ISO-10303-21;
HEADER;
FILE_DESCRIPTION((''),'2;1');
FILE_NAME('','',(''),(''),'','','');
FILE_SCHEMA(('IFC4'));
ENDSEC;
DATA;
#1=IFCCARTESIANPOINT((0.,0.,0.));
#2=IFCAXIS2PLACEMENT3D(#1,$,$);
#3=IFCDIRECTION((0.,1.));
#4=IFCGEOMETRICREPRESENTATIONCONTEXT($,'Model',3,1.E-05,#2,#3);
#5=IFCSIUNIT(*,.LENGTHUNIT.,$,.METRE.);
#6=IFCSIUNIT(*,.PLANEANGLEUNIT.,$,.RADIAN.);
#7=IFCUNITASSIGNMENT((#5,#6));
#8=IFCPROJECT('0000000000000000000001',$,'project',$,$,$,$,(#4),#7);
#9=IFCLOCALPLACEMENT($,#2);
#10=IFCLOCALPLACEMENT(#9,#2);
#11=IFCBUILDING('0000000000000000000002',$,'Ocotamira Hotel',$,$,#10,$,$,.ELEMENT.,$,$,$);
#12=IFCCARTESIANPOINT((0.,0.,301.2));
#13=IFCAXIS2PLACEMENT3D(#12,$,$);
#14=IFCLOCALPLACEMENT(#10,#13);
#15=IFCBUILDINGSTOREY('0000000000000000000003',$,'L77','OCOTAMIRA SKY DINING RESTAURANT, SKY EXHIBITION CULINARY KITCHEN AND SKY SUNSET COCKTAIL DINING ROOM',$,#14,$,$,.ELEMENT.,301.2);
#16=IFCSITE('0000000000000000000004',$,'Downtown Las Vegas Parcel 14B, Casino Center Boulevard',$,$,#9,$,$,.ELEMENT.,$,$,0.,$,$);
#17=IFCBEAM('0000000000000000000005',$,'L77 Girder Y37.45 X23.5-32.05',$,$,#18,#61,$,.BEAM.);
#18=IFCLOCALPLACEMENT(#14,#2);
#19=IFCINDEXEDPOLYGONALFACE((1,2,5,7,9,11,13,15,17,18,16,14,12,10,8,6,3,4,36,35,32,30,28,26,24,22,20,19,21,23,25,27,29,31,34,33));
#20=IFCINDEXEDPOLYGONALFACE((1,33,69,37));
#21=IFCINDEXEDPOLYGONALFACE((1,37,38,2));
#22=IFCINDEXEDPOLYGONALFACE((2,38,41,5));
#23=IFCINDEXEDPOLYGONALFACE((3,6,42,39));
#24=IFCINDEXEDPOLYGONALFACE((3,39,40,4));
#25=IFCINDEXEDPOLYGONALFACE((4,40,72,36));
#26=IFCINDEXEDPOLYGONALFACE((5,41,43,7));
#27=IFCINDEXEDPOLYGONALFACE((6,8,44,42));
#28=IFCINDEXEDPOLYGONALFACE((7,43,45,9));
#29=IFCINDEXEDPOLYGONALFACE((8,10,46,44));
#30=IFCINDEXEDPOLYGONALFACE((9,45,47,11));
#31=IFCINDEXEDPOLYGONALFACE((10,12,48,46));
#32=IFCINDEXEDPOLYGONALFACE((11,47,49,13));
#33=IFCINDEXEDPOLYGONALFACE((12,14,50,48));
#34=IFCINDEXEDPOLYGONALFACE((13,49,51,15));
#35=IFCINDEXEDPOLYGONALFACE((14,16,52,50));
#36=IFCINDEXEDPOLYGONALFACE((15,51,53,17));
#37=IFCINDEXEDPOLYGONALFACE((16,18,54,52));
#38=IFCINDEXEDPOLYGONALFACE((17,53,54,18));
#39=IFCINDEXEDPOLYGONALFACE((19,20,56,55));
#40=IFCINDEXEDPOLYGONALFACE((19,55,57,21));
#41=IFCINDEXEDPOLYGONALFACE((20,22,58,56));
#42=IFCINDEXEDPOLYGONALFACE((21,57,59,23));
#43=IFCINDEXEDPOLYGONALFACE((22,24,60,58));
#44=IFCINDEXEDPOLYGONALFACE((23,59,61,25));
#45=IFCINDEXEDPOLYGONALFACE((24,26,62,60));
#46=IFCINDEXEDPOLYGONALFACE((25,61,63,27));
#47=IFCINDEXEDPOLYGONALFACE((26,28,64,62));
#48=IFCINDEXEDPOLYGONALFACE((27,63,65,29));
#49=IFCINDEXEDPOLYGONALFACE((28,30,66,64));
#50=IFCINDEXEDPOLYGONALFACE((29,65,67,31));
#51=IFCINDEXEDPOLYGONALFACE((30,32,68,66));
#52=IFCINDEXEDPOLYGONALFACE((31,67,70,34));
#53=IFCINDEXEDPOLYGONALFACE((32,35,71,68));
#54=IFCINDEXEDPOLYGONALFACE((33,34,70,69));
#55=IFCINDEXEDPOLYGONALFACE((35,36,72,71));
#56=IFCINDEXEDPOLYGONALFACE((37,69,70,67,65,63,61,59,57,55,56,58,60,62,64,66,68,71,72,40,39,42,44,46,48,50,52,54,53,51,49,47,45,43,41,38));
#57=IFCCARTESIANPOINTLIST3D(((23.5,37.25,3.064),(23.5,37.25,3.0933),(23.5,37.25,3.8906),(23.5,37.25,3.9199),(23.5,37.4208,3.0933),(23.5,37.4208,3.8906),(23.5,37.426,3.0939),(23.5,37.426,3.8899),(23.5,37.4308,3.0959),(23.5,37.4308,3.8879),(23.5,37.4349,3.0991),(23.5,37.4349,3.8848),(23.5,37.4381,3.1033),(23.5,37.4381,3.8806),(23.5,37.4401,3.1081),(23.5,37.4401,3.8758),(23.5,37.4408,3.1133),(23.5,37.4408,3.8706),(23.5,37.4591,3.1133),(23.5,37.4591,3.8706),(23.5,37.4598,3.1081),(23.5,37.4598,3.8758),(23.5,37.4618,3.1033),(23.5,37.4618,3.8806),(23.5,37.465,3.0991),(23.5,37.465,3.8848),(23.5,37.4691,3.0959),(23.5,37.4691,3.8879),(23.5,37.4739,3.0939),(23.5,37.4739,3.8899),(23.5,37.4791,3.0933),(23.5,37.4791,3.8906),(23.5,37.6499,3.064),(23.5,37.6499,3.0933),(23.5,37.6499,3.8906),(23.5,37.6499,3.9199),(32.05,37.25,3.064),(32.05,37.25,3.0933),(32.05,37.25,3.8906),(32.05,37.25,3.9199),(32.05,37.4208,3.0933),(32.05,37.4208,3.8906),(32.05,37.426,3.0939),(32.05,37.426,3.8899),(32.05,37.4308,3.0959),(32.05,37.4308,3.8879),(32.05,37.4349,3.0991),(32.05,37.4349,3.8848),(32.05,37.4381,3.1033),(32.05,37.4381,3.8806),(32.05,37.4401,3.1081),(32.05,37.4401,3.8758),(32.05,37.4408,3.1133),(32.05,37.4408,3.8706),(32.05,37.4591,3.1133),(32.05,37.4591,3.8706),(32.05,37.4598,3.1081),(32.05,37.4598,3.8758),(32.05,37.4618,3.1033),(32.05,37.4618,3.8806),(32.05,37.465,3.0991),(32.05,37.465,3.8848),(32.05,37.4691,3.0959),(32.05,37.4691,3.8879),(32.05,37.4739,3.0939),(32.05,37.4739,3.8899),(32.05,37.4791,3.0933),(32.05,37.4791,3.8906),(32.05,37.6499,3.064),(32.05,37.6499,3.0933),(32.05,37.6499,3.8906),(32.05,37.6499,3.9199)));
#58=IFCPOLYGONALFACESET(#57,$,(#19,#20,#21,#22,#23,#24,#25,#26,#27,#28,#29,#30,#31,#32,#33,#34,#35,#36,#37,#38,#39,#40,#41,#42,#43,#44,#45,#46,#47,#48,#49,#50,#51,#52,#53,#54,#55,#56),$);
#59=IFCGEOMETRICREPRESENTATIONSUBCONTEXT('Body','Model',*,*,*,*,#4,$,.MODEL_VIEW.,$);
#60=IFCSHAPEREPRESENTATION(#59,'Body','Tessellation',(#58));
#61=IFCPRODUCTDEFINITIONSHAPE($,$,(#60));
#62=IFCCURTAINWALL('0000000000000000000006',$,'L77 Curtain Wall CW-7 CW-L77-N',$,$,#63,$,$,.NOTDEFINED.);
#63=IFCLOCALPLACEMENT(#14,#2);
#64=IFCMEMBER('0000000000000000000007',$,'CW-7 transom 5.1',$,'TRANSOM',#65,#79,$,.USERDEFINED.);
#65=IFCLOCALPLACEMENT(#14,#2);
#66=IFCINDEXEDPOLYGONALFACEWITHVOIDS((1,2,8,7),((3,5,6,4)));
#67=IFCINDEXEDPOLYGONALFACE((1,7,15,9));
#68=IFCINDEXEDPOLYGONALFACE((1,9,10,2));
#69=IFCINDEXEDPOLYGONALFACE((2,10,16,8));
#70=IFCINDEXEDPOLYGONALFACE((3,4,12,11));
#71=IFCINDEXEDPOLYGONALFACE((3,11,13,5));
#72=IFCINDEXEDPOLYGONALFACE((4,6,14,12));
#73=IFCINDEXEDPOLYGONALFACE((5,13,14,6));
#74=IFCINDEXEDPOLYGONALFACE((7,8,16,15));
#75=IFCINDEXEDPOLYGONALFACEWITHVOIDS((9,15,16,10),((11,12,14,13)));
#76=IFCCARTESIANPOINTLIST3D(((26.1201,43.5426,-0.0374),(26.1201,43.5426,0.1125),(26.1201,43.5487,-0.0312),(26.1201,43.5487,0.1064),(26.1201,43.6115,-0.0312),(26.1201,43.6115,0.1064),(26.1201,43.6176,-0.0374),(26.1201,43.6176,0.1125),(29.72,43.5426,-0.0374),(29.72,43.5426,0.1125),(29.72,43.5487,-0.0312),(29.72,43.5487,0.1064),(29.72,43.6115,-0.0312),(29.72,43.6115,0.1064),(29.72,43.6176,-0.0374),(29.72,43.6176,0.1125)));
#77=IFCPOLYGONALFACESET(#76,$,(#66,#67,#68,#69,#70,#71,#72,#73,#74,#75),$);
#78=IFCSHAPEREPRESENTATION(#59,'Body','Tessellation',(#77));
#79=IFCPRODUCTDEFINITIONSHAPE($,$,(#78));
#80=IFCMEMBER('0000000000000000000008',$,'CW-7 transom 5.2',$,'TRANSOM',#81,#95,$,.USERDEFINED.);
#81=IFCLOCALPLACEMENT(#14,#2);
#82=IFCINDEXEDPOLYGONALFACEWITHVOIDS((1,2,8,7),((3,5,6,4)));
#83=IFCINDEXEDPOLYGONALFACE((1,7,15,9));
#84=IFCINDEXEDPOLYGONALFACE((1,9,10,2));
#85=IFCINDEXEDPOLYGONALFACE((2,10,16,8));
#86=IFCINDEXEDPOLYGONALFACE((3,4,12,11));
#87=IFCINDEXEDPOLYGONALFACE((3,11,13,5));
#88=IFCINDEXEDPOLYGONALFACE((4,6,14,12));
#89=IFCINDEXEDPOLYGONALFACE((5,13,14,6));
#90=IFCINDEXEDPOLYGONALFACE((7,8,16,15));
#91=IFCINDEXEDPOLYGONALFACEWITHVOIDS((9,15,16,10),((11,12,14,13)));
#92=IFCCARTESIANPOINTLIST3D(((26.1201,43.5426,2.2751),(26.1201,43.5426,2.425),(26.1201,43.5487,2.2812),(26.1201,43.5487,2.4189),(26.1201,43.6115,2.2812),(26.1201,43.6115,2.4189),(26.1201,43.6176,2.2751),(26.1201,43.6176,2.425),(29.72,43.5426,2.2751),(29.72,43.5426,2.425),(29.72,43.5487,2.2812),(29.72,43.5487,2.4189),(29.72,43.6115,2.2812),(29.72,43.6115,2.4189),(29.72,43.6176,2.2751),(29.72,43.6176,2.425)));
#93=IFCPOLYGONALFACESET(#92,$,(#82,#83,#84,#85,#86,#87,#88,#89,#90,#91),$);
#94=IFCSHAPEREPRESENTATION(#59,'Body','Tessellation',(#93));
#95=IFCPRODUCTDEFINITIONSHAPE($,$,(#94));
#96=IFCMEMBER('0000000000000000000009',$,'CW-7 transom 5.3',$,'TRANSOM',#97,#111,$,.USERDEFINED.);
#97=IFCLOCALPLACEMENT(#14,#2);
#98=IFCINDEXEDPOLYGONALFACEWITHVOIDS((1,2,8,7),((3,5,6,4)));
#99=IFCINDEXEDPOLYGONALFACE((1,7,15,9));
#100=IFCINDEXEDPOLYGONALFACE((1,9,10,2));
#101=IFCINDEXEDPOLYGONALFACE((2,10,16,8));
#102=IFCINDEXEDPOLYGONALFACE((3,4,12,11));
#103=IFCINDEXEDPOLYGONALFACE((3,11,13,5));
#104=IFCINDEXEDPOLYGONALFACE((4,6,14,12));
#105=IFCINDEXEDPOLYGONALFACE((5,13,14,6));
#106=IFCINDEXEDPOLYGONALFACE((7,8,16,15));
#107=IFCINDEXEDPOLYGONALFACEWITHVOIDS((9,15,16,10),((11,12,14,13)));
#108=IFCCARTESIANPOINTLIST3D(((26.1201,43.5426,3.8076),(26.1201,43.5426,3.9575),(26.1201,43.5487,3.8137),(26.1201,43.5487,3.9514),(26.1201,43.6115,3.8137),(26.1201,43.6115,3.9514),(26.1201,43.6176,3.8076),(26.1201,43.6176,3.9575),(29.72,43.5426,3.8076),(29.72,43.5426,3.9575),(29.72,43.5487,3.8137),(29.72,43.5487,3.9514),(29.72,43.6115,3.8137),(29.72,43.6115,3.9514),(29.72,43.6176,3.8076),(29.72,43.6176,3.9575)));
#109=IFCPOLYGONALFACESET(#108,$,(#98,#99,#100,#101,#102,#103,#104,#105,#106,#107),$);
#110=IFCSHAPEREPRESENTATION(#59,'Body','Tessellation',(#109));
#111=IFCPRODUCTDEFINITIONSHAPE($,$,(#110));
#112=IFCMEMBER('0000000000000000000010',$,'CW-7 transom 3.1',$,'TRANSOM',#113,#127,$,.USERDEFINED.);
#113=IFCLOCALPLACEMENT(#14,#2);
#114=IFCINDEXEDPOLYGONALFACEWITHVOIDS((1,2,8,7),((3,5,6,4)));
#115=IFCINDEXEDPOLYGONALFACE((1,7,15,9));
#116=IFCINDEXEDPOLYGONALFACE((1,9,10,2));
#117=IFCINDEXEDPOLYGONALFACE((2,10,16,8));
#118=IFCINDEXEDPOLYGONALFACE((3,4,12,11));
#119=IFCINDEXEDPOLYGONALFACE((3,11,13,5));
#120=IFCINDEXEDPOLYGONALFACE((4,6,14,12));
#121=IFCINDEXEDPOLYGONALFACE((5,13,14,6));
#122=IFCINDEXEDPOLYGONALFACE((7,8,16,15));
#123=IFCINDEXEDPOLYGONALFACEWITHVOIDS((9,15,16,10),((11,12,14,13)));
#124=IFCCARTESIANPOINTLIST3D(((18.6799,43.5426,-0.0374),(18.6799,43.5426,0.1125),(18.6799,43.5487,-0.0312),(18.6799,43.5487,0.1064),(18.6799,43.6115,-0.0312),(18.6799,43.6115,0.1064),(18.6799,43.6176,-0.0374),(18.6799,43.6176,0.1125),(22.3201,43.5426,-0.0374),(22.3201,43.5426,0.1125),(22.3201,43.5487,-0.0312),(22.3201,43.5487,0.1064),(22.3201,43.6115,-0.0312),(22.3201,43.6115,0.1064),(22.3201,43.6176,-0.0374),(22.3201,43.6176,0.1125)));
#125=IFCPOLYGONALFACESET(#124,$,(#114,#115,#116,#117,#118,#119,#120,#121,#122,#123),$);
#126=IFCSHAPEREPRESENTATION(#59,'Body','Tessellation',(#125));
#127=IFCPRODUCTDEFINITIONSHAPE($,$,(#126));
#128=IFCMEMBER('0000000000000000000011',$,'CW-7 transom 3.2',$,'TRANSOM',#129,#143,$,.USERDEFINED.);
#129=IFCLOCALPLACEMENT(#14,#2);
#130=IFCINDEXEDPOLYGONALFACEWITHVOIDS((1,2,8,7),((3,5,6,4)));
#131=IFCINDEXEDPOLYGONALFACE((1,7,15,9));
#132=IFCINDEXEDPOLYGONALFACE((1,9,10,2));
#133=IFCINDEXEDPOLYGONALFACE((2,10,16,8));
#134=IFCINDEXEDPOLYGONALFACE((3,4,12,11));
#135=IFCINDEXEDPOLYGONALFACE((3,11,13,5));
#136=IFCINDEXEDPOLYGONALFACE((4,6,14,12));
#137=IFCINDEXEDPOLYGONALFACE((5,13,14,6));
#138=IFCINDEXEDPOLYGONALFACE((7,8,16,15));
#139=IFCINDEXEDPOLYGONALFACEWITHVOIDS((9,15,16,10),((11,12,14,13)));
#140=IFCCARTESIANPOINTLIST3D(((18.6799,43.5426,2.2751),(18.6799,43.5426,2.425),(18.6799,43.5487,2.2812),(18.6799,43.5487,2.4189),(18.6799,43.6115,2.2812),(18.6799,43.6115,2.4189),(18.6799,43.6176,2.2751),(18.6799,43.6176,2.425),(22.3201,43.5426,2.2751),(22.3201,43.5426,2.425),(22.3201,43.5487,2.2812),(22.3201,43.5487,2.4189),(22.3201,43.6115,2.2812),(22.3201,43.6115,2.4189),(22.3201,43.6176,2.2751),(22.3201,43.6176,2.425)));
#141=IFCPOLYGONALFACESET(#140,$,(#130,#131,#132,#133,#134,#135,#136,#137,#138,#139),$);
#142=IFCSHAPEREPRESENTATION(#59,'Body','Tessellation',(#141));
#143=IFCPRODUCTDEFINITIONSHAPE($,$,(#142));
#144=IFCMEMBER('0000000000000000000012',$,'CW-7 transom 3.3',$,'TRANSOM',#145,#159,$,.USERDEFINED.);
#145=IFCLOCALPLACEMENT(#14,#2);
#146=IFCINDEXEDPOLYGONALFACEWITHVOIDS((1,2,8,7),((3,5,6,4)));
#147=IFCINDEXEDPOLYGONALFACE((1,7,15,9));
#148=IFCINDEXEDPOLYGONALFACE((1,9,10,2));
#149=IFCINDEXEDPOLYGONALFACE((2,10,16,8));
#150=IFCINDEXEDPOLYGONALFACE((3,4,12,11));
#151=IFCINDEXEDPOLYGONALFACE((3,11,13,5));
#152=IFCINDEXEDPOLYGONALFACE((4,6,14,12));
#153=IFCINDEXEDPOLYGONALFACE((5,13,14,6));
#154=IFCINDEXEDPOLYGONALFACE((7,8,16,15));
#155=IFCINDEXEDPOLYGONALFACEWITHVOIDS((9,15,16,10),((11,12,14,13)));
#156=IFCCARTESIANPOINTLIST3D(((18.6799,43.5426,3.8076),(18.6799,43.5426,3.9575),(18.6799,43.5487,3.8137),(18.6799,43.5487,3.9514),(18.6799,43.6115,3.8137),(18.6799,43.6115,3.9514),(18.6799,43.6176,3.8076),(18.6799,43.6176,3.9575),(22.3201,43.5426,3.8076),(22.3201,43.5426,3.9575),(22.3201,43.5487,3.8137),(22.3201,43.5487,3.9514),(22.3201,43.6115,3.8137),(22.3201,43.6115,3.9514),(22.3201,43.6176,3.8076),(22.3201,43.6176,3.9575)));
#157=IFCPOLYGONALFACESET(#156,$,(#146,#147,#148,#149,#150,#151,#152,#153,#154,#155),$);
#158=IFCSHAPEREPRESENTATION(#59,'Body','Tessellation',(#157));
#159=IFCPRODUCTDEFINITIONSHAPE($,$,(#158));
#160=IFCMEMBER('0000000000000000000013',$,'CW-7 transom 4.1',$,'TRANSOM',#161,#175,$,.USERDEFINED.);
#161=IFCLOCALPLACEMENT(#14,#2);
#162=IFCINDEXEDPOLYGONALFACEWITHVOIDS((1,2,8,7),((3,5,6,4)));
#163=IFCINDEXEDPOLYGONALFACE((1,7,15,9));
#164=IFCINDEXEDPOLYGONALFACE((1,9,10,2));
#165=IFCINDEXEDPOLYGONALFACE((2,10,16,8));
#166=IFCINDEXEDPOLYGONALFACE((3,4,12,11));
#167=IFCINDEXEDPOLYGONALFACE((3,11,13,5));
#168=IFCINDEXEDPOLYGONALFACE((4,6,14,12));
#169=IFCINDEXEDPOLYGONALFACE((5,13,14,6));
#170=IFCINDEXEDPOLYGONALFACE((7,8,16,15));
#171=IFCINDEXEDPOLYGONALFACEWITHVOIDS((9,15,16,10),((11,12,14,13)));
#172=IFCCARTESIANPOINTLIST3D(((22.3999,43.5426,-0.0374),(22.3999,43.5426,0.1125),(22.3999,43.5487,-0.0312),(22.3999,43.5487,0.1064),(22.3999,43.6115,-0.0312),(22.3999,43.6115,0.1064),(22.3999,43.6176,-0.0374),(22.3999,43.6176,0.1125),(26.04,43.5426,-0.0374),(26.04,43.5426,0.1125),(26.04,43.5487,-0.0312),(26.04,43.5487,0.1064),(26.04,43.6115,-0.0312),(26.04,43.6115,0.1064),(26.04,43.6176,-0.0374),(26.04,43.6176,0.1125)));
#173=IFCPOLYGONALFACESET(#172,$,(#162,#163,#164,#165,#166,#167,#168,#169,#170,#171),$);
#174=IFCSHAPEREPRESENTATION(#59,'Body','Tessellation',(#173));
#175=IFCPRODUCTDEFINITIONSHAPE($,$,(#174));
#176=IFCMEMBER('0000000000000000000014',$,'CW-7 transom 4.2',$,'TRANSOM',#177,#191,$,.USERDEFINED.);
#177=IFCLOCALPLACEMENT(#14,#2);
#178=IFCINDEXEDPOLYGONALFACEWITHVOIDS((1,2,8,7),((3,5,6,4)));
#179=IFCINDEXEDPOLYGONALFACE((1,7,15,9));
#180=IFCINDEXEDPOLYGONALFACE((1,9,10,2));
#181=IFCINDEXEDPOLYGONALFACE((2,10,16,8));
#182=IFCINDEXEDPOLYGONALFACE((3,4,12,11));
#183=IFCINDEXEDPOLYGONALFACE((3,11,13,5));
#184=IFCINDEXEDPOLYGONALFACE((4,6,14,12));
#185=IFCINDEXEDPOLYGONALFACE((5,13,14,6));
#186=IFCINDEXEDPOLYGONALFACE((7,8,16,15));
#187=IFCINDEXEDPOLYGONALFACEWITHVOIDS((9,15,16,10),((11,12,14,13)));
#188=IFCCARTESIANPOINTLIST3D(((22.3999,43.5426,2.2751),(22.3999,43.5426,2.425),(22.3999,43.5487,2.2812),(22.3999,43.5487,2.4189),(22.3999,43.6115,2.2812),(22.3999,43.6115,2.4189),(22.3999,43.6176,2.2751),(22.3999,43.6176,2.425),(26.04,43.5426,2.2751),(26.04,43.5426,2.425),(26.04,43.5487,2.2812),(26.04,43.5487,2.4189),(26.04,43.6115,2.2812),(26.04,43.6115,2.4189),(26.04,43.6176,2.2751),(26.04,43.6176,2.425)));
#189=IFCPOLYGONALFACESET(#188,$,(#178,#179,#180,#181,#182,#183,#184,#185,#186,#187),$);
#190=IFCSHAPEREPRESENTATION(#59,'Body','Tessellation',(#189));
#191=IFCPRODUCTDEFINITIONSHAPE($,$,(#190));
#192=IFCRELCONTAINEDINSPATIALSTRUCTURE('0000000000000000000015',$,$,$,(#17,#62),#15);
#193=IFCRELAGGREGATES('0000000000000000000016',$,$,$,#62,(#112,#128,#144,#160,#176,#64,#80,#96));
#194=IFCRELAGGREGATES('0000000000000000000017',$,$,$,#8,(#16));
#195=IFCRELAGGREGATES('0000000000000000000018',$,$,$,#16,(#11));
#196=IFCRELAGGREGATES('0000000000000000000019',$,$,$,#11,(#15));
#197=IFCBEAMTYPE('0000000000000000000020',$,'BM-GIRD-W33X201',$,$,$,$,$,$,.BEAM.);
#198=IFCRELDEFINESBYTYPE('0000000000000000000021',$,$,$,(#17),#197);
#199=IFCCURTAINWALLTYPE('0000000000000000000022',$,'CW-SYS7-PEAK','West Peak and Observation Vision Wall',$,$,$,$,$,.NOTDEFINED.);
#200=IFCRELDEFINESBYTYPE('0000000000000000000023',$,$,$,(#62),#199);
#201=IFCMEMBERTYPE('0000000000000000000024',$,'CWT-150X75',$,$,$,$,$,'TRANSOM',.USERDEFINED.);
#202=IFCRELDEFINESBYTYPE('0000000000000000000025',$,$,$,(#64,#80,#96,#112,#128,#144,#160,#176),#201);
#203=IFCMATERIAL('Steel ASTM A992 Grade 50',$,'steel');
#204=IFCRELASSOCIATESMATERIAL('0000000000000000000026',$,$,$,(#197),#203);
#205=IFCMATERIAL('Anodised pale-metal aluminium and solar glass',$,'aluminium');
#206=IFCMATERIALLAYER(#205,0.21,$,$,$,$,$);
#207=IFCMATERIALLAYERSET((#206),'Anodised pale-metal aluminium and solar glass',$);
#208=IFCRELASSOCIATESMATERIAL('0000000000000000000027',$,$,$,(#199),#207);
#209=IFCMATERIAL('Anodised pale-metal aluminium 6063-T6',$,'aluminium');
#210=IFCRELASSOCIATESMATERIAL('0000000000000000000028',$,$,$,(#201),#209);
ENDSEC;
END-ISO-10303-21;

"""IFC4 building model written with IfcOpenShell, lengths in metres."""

from ifc_helpers import new_model, si_unit, direction, frame, origin, origin_2d, place, context, subcontext, project, spatial, hollow_rectangle, i_section, extrude, source, transform, mapped, material, layer, layer_set, material_profile, profile_set, type_object, element, aggregate, save


model = new_model("IFC4")

# Units and contexts
model_context = context("Model", 3, precision=1e-05, world=origin(), true_north=direction((0.0, 1.0)))
body_context = subcontext(model_context, "Body", "Model", "MODEL_VIEW")
ifc_project = project(units=[si_unit("LENGTHUNIT", "METRE"), si_unit("PLANEANGLEUNIT", "RADIAN")], contexts=[model_context])

# Site, building, storey
site_placement = place(None, origin())
site = spatial("IfcSite", under=ifc_project, at=site_placement, Name="Downtown Las Vegas Parcel 14B, Casino Center Boulevard", CompositionType="ELEMENT", RefElevation=0.0)
building_placement = place(site_placement, origin())
building = spatial("IfcBuilding", under=site, at=building_placement, Name="Ocotamira Hotel", CompositionType="ELEMENT")
storey_placement = place(building_placement, frame((0.0, 0.0, 301.2)))
storey = spatial("IfcBuildingStorey", under=building, at=storey_placement, Name="L77", Description="OCOTAMIRA SKY DINING RESTAURANT, SKY EXHIBITION CULINARY KITCHEN AND SKY SUNSET COCKTAIL DINING ROOM", CompositionType="ELEMENT", Elevation=301.2)

# Shared definitions
ifc_material_1 = material(Name="Steel ASTM A992 Grade 50", Category="steel")

# Beam
ifc_material_profile_1 = material_profile(ifc_material_1, i_section(OverallWidth=0.3999, OverallDepth=0.856, WebThickness=0.0183, FlangeThickness=0.0293, FilletRadius=0.02, at=origin_2d()), Name="W33X201")
ifc_profile_set_1 = profile_set([ifc_material_profile_1], Name="Steel ASTM A992 Grade 50")
beam_type = type_object("IfcBeamType", Name="BM-GIRD-W33X201", PredefinedType="BEAM", material=ifc_profile_set_1)
shared_shape_1 = source(origin(), body_context, "Body", "SweptSolid", [
    extrude(i_section(OverallWidth=0.3999, OverallDepth=0.856, WebThickness=0.0183, FlangeThickness=0.0293, FilletRadius=0.02, at=origin_2d()), origin(), (0.0, 0.0, 1.0), 8.55),
])
beam_placement = place(storey_placement, frame((23.5, 37.45, 3.4919), z_axis=(1.0, 0.0, 0.0), x_axis=(0.0, 1.0, 0.0)))
element("IfcBeam", 1, at=beam_placement, inside=storey, type_object=beam_type, Name="L77 Girder Y37.45 X23.5-32.05", PredefinedType="BEAM", context=body_context, shape_type="MappedRepresentation", body=[
    mapped(shared_shape_1, transform((0.0, 0.0, 0.0), scale=1.0)),
])

# Curtain wall, members
ifc_material_2 = material(Name="Anodised pale-metal aluminium and solar glass", Category="aluminium")
ifc_layer_1 = layer(ifc_material_2, 0.21)
ifc_layer_set_1 = layer_set([ifc_layer_1], Name="Anodised pale-metal aluminium and solar glass")
curtain_wall_type = type_object("IfcCurtainWallType", Name="CW-SYS7-PEAK", Description="West Peak and Observation Vision Wall", PredefinedType="NOTDEFINED", material=ifc_layer_set_1)
curtain_wall_1_placement = place(storey_placement, origin())
curtain_wall_1 = element("IfcCurtainWall", 2, at=curtain_wall_1_placement, inside=storey, type_object=curtain_wall_type, Name="L77 Curtain Wall CW-7 CW-L77-N", PredefinedType="NOTDEFINED")
ifc_material_3 = material(Name="Anodised pale-metal aluminium 6063-T6", Category="aluminium")
ifc_material_profile_2 = material_profile(ifc_material_3, hollow_rectangle(XDim=0.075, YDim=0.1499, WallThickness=0.0061, at=origin_2d()), Name="HSS150X75X6")
ifc_profile_set_2 = profile_set([ifc_material_profile_2], Name="Anodised pale-metal aluminium 6063-T6")
member_type_1 = type_object("IfcMemberType", Name="CWT-150X75", ElementType="TRANSOM", PredefinedType="USERDEFINED", material=ifc_profile_set_2)
shared_shape_2 = source(origin(), body_context, "Body", "SweptSolid", [
    extrude(hollow_rectangle(XDim=0.075, YDim=0.1499, WallThickness=0.0061, at=origin_2d()), origin(), (0.0, 0.0, 1.0), 3.5999),
])
member_1_placement = place(storey_placement, frame((26.1201, 43.5801, 0.0376), z_axis=(1.0, 0.0, 0.0), x_axis=(0.0, 1.0, 0.0)))
member_1 = element("IfcMember", 3, at=member_1_placement, type_object=member_type_1, Name="CW-7 transom 5.1", ObjectType="TRANSOM", PredefinedType="USERDEFINED", context=body_context, shape_type="MappedRepresentation", body=[
    mapped(shared_shape_2, transform((0.0, 0.0, 0.0), scale=1.0)),
])
member_2_placement = place(storey_placement, frame((26.1201, 43.5801, 2.3501), z_axis=(1.0, 0.0, 0.0), x_axis=(0.0, 1.0, 0.0)))
member_2 = element("IfcMember", 4, at=member_2_placement, type_object=member_type_1, Name="CW-7 transom 5.2", ObjectType="TRANSOM", PredefinedType="USERDEFINED", context=body_context, shape_type="MappedRepresentation", body=[
    mapped(shared_shape_2, transform((0.0, 0.0, 0.0), scale=1.0)),
])
member_3_placement = place(storey_placement, frame((26.1201, 43.5801, 3.8826), z_axis=(1.0, 0.0, 0.0), x_axis=(0.0, 1.0, 0.0)))
member_3 = element("IfcMember", 5, at=member_3_placement, type_object=member_type_1, Name="CW-7 transom 5.3", ObjectType="TRANSOM", PredefinedType="USERDEFINED", context=body_context, shape_type="MappedRepresentation", body=[
    mapped(shared_shape_2, transform((0.0, 0.0, 0.0), scale=1.0)),
])
shared_shape_3 = source(origin(), body_context, "Body", "SweptSolid", [
    extrude(hollow_rectangle(XDim=0.075, YDim=0.1499, WallThickness=0.0061, at=origin_2d()), origin(), (0.0, 0.0, 1.0), 3.6401),
])
member_4_placement = place(storey_placement, frame((18.6799, 43.5801, 0.0376), z_axis=(1.0, 0.0, 0.0), x_axis=(0.0, 1.0, 0.0)))
member_4 = element("IfcMember", 6, at=member_4_placement, type_object=member_type_1, Name="CW-7 transom 3.1", ObjectType="TRANSOM", PredefinedType="USERDEFINED", context=body_context, shape_type="MappedRepresentation", body=[
    mapped(shared_shape_3, transform((0.0, 0.0, 0.0), scale=1.0)),
])
member_5_placement = place(storey_placement, frame((18.6799, 43.5801, 2.3501), z_axis=(1.0, 0.0, 0.0), x_axis=(0.0, 1.0, 0.0)))
member_5 = element("IfcMember", 7, at=member_5_placement, type_object=member_type_1, Name="CW-7 transom 3.2", ObjectType="TRANSOM", PredefinedType="USERDEFINED", context=body_context, shape_type="MappedRepresentation", body=[
    mapped(shared_shape_3, transform((0.0, 0.0, 0.0), scale=1.0)),
])
member_6_placement = place(storey_placement, frame((18.6799, 43.5801, 3.8826), z_axis=(1.0, 0.0, 0.0), x_axis=(0.0, 1.0, 0.0)))
member_6 = element("IfcMember", 8, at=member_6_placement, type_object=member_type_1, Name="CW-7 transom 3.3", ObjectType="TRANSOM", PredefinedType="USERDEFINED", context=body_context, shape_type="MappedRepresentation", body=[
    mapped(shared_shape_3, transform((0.0, 0.0, 0.0), scale=1.0)),
])
member_7_placement = place(storey_placement, frame((22.3999, 43.5801, 0.0376), z_axis=(1.0, 0.0, 0.0), x_axis=(0.0, 1.0, 0.0)))
member_7 = element("IfcMember", 9, at=member_7_placement, type_object=member_type_1, Name="CW-7 transom 4.1", ObjectType="TRANSOM", PredefinedType="USERDEFINED", context=body_context, shape_type="MappedRepresentation", body=[
    mapped(shared_shape_3, transform((0.0, 0.0, 0.0), scale=1.0)),
])
member_8_placement = place(storey_placement, frame((22.3999, 43.5801, 2.3501), z_axis=(1.0, 0.0, 0.0), x_axis=(0.0, 1.0, 0.0)))
member_8 = element("IfcMember", 10, at=member_8_placement, type_object=member_type_1, Name="CW-7 transom 4.2", ObjectType="TRANSOM", PredefinedType="USERDEFINED", context=body_context, shape_type="MappedRepresentation", body=[
    mapped(shared_shape_3, transform((0.0, 0.0, 0.0), scale=1.0)),
])

aggregate(curtain_wall_1, [member_4, member_5, member_6, member_7, member_8, member_1, member_2, member_3])

save(model, "model.ifc")
